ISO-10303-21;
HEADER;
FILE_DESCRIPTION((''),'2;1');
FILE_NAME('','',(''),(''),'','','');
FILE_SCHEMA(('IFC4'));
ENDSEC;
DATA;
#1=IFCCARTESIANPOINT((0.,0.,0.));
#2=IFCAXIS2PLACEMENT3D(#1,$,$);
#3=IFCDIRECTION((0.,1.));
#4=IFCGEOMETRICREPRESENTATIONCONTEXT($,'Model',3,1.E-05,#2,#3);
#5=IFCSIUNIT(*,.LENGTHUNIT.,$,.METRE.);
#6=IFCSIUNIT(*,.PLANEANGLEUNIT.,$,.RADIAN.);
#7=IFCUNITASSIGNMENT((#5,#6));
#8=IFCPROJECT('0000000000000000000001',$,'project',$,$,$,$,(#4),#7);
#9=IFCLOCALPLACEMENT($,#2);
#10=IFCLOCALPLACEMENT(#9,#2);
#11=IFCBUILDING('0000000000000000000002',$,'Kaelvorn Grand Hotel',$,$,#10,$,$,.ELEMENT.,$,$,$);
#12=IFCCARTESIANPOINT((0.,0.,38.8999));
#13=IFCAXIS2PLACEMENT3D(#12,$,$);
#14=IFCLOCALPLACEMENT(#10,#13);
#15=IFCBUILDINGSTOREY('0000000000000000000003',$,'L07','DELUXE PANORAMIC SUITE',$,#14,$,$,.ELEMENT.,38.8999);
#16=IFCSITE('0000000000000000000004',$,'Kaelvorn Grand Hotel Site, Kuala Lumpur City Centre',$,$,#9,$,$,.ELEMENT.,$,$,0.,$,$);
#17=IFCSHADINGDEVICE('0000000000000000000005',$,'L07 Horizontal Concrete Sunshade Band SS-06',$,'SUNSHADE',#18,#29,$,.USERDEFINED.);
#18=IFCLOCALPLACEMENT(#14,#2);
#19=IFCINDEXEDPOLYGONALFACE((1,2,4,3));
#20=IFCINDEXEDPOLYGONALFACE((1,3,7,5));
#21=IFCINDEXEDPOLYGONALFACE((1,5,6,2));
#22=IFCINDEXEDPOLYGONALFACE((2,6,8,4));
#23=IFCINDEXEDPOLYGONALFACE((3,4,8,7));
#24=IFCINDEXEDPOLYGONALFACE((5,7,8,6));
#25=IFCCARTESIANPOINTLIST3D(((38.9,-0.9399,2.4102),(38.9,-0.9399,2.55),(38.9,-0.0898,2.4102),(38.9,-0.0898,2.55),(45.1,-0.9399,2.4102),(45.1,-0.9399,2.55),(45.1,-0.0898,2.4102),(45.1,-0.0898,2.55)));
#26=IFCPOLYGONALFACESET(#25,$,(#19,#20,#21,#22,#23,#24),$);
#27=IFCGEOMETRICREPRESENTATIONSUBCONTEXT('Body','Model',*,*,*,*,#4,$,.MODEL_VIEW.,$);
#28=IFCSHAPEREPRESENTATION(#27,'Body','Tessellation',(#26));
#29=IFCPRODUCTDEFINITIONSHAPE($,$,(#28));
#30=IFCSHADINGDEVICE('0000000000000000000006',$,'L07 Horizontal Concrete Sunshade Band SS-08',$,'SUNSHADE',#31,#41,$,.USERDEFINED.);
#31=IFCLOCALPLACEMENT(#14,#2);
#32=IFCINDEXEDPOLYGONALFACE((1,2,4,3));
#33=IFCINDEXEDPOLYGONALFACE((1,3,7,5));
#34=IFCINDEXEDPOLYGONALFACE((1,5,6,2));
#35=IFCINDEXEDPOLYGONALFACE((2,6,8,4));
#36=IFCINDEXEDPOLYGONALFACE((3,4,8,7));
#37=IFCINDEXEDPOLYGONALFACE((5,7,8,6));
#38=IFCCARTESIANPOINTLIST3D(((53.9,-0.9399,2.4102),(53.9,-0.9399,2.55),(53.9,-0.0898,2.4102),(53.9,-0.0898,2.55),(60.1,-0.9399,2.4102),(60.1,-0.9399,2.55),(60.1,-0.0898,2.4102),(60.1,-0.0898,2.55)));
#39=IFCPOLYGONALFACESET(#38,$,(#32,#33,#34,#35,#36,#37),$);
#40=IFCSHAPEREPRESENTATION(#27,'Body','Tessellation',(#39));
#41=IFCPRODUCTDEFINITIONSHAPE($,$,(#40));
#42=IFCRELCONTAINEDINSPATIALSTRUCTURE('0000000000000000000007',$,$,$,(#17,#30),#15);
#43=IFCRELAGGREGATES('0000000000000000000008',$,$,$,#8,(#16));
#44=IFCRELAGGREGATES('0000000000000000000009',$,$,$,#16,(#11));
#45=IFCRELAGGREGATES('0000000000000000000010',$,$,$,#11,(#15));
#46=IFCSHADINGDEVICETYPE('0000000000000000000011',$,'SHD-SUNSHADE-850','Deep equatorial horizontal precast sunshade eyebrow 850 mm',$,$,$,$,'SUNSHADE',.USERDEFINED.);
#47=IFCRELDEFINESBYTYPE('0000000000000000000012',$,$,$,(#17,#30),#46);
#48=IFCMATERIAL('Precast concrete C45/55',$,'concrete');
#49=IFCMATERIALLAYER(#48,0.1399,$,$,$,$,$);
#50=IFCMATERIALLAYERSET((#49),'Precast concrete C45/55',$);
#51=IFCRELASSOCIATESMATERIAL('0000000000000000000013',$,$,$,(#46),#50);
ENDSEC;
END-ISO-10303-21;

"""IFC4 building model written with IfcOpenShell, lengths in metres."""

from ifc_helpers import new_model, si_unit, direction, frame, origin, origin_2d, place, context, subcontext, project, spatial, rectangle, extrude, material, layer, layer_set, type_object, element, save


model = new_model("IFC4")

# Units and contexts
model_context = context("Model", 3, precision=1e-05, world=origin(), true_north=direction((0.0, 1.0)))
body_context = subcontext(model_context, "Body", "Model", "MODEL_VIEW")
ifc_project = project(units=[si_unit("LENGTHUNIT", "METRE"), si_unit("PLANEANGLEUNIT", "RADIAN")], contexts=[model_context])

# Site, building, storey
site_placement = place(None, origin())
site = spatial("IfcSite", under=ifc_project, at=site_placement, Name="Kaelvorn Grand Hotel Site, Kuala Lumpur City Centre", CompositionType="ELEMENT", RefElevation=0.0)
building_placement = place(site_placement, origin())
building = spatial("IfcBuilding", under=site, at=building_placement, Name="Kaelvorn Grand Hotel", CompositionType="ELEMENT")
storey_placement = place(building_placement, frame((0.0, 0.0, 38.8999)))
storey = spatial("IfcBuildingStorey", under=building, at=storey_placement, Name="L07", Description="DELUXE PANORAMIC SUITE", CompositionType="ELEMENT", Elevation=38.8999)

# Shading devices
ifc_material_1 = material(Name="Precast concrete C45/55", Category="concrete")
ifc_layer_1 = layer(ifc_material_1, 0.1399)
ifc_layer_set_1 = layer_set([ifc_layer_1], Name="Precast concrete C45/55")
shading_device_type_1 = type_object("IfcShadingDeviceType", Name="SHD-SUNSHADE-850", Description="Deep equatorial horizontal precast sunshade eyebrow 850 mm", ElementType="SUNSHADE", PredefinedType="USERDEFINED", material=ifc_layer_set_1)
for number, where, z_axis, x_axis, name in (
    (1, (42.0, -0.5149, 2.4102), (0.0, 0.0, 1.0), (1.0, 0.0, 0.0), "L07 Horizontal Concrete Sunshade Band SS-06"),
    (2, (57.0, -0.5149, 2.4102), (0.0, 0.0, 1.0), (1.0, 0.0, 0.0), "L07 Horizontal Concrete Sunshade Band SS-08"),
):
    element("IfcShadingDevice", number, at=place(storey_placement, frame(where, z_axis=z_axis, x_axis=x_axis)), inside=storey, type_object=shading_device_type_1, Name=name, ObjectType="SUNSHADE", PredefinedType="USERDEFINED", context=body_context, shape_type="SweptSolid", body=[
        extrude(rectangle(XDim=6.2, YDim=0.8501, at=origin_2d()), origin(), (0.0, 0.0, 1.0), 0.1399),
    ])

save(model, "model.ifc")
